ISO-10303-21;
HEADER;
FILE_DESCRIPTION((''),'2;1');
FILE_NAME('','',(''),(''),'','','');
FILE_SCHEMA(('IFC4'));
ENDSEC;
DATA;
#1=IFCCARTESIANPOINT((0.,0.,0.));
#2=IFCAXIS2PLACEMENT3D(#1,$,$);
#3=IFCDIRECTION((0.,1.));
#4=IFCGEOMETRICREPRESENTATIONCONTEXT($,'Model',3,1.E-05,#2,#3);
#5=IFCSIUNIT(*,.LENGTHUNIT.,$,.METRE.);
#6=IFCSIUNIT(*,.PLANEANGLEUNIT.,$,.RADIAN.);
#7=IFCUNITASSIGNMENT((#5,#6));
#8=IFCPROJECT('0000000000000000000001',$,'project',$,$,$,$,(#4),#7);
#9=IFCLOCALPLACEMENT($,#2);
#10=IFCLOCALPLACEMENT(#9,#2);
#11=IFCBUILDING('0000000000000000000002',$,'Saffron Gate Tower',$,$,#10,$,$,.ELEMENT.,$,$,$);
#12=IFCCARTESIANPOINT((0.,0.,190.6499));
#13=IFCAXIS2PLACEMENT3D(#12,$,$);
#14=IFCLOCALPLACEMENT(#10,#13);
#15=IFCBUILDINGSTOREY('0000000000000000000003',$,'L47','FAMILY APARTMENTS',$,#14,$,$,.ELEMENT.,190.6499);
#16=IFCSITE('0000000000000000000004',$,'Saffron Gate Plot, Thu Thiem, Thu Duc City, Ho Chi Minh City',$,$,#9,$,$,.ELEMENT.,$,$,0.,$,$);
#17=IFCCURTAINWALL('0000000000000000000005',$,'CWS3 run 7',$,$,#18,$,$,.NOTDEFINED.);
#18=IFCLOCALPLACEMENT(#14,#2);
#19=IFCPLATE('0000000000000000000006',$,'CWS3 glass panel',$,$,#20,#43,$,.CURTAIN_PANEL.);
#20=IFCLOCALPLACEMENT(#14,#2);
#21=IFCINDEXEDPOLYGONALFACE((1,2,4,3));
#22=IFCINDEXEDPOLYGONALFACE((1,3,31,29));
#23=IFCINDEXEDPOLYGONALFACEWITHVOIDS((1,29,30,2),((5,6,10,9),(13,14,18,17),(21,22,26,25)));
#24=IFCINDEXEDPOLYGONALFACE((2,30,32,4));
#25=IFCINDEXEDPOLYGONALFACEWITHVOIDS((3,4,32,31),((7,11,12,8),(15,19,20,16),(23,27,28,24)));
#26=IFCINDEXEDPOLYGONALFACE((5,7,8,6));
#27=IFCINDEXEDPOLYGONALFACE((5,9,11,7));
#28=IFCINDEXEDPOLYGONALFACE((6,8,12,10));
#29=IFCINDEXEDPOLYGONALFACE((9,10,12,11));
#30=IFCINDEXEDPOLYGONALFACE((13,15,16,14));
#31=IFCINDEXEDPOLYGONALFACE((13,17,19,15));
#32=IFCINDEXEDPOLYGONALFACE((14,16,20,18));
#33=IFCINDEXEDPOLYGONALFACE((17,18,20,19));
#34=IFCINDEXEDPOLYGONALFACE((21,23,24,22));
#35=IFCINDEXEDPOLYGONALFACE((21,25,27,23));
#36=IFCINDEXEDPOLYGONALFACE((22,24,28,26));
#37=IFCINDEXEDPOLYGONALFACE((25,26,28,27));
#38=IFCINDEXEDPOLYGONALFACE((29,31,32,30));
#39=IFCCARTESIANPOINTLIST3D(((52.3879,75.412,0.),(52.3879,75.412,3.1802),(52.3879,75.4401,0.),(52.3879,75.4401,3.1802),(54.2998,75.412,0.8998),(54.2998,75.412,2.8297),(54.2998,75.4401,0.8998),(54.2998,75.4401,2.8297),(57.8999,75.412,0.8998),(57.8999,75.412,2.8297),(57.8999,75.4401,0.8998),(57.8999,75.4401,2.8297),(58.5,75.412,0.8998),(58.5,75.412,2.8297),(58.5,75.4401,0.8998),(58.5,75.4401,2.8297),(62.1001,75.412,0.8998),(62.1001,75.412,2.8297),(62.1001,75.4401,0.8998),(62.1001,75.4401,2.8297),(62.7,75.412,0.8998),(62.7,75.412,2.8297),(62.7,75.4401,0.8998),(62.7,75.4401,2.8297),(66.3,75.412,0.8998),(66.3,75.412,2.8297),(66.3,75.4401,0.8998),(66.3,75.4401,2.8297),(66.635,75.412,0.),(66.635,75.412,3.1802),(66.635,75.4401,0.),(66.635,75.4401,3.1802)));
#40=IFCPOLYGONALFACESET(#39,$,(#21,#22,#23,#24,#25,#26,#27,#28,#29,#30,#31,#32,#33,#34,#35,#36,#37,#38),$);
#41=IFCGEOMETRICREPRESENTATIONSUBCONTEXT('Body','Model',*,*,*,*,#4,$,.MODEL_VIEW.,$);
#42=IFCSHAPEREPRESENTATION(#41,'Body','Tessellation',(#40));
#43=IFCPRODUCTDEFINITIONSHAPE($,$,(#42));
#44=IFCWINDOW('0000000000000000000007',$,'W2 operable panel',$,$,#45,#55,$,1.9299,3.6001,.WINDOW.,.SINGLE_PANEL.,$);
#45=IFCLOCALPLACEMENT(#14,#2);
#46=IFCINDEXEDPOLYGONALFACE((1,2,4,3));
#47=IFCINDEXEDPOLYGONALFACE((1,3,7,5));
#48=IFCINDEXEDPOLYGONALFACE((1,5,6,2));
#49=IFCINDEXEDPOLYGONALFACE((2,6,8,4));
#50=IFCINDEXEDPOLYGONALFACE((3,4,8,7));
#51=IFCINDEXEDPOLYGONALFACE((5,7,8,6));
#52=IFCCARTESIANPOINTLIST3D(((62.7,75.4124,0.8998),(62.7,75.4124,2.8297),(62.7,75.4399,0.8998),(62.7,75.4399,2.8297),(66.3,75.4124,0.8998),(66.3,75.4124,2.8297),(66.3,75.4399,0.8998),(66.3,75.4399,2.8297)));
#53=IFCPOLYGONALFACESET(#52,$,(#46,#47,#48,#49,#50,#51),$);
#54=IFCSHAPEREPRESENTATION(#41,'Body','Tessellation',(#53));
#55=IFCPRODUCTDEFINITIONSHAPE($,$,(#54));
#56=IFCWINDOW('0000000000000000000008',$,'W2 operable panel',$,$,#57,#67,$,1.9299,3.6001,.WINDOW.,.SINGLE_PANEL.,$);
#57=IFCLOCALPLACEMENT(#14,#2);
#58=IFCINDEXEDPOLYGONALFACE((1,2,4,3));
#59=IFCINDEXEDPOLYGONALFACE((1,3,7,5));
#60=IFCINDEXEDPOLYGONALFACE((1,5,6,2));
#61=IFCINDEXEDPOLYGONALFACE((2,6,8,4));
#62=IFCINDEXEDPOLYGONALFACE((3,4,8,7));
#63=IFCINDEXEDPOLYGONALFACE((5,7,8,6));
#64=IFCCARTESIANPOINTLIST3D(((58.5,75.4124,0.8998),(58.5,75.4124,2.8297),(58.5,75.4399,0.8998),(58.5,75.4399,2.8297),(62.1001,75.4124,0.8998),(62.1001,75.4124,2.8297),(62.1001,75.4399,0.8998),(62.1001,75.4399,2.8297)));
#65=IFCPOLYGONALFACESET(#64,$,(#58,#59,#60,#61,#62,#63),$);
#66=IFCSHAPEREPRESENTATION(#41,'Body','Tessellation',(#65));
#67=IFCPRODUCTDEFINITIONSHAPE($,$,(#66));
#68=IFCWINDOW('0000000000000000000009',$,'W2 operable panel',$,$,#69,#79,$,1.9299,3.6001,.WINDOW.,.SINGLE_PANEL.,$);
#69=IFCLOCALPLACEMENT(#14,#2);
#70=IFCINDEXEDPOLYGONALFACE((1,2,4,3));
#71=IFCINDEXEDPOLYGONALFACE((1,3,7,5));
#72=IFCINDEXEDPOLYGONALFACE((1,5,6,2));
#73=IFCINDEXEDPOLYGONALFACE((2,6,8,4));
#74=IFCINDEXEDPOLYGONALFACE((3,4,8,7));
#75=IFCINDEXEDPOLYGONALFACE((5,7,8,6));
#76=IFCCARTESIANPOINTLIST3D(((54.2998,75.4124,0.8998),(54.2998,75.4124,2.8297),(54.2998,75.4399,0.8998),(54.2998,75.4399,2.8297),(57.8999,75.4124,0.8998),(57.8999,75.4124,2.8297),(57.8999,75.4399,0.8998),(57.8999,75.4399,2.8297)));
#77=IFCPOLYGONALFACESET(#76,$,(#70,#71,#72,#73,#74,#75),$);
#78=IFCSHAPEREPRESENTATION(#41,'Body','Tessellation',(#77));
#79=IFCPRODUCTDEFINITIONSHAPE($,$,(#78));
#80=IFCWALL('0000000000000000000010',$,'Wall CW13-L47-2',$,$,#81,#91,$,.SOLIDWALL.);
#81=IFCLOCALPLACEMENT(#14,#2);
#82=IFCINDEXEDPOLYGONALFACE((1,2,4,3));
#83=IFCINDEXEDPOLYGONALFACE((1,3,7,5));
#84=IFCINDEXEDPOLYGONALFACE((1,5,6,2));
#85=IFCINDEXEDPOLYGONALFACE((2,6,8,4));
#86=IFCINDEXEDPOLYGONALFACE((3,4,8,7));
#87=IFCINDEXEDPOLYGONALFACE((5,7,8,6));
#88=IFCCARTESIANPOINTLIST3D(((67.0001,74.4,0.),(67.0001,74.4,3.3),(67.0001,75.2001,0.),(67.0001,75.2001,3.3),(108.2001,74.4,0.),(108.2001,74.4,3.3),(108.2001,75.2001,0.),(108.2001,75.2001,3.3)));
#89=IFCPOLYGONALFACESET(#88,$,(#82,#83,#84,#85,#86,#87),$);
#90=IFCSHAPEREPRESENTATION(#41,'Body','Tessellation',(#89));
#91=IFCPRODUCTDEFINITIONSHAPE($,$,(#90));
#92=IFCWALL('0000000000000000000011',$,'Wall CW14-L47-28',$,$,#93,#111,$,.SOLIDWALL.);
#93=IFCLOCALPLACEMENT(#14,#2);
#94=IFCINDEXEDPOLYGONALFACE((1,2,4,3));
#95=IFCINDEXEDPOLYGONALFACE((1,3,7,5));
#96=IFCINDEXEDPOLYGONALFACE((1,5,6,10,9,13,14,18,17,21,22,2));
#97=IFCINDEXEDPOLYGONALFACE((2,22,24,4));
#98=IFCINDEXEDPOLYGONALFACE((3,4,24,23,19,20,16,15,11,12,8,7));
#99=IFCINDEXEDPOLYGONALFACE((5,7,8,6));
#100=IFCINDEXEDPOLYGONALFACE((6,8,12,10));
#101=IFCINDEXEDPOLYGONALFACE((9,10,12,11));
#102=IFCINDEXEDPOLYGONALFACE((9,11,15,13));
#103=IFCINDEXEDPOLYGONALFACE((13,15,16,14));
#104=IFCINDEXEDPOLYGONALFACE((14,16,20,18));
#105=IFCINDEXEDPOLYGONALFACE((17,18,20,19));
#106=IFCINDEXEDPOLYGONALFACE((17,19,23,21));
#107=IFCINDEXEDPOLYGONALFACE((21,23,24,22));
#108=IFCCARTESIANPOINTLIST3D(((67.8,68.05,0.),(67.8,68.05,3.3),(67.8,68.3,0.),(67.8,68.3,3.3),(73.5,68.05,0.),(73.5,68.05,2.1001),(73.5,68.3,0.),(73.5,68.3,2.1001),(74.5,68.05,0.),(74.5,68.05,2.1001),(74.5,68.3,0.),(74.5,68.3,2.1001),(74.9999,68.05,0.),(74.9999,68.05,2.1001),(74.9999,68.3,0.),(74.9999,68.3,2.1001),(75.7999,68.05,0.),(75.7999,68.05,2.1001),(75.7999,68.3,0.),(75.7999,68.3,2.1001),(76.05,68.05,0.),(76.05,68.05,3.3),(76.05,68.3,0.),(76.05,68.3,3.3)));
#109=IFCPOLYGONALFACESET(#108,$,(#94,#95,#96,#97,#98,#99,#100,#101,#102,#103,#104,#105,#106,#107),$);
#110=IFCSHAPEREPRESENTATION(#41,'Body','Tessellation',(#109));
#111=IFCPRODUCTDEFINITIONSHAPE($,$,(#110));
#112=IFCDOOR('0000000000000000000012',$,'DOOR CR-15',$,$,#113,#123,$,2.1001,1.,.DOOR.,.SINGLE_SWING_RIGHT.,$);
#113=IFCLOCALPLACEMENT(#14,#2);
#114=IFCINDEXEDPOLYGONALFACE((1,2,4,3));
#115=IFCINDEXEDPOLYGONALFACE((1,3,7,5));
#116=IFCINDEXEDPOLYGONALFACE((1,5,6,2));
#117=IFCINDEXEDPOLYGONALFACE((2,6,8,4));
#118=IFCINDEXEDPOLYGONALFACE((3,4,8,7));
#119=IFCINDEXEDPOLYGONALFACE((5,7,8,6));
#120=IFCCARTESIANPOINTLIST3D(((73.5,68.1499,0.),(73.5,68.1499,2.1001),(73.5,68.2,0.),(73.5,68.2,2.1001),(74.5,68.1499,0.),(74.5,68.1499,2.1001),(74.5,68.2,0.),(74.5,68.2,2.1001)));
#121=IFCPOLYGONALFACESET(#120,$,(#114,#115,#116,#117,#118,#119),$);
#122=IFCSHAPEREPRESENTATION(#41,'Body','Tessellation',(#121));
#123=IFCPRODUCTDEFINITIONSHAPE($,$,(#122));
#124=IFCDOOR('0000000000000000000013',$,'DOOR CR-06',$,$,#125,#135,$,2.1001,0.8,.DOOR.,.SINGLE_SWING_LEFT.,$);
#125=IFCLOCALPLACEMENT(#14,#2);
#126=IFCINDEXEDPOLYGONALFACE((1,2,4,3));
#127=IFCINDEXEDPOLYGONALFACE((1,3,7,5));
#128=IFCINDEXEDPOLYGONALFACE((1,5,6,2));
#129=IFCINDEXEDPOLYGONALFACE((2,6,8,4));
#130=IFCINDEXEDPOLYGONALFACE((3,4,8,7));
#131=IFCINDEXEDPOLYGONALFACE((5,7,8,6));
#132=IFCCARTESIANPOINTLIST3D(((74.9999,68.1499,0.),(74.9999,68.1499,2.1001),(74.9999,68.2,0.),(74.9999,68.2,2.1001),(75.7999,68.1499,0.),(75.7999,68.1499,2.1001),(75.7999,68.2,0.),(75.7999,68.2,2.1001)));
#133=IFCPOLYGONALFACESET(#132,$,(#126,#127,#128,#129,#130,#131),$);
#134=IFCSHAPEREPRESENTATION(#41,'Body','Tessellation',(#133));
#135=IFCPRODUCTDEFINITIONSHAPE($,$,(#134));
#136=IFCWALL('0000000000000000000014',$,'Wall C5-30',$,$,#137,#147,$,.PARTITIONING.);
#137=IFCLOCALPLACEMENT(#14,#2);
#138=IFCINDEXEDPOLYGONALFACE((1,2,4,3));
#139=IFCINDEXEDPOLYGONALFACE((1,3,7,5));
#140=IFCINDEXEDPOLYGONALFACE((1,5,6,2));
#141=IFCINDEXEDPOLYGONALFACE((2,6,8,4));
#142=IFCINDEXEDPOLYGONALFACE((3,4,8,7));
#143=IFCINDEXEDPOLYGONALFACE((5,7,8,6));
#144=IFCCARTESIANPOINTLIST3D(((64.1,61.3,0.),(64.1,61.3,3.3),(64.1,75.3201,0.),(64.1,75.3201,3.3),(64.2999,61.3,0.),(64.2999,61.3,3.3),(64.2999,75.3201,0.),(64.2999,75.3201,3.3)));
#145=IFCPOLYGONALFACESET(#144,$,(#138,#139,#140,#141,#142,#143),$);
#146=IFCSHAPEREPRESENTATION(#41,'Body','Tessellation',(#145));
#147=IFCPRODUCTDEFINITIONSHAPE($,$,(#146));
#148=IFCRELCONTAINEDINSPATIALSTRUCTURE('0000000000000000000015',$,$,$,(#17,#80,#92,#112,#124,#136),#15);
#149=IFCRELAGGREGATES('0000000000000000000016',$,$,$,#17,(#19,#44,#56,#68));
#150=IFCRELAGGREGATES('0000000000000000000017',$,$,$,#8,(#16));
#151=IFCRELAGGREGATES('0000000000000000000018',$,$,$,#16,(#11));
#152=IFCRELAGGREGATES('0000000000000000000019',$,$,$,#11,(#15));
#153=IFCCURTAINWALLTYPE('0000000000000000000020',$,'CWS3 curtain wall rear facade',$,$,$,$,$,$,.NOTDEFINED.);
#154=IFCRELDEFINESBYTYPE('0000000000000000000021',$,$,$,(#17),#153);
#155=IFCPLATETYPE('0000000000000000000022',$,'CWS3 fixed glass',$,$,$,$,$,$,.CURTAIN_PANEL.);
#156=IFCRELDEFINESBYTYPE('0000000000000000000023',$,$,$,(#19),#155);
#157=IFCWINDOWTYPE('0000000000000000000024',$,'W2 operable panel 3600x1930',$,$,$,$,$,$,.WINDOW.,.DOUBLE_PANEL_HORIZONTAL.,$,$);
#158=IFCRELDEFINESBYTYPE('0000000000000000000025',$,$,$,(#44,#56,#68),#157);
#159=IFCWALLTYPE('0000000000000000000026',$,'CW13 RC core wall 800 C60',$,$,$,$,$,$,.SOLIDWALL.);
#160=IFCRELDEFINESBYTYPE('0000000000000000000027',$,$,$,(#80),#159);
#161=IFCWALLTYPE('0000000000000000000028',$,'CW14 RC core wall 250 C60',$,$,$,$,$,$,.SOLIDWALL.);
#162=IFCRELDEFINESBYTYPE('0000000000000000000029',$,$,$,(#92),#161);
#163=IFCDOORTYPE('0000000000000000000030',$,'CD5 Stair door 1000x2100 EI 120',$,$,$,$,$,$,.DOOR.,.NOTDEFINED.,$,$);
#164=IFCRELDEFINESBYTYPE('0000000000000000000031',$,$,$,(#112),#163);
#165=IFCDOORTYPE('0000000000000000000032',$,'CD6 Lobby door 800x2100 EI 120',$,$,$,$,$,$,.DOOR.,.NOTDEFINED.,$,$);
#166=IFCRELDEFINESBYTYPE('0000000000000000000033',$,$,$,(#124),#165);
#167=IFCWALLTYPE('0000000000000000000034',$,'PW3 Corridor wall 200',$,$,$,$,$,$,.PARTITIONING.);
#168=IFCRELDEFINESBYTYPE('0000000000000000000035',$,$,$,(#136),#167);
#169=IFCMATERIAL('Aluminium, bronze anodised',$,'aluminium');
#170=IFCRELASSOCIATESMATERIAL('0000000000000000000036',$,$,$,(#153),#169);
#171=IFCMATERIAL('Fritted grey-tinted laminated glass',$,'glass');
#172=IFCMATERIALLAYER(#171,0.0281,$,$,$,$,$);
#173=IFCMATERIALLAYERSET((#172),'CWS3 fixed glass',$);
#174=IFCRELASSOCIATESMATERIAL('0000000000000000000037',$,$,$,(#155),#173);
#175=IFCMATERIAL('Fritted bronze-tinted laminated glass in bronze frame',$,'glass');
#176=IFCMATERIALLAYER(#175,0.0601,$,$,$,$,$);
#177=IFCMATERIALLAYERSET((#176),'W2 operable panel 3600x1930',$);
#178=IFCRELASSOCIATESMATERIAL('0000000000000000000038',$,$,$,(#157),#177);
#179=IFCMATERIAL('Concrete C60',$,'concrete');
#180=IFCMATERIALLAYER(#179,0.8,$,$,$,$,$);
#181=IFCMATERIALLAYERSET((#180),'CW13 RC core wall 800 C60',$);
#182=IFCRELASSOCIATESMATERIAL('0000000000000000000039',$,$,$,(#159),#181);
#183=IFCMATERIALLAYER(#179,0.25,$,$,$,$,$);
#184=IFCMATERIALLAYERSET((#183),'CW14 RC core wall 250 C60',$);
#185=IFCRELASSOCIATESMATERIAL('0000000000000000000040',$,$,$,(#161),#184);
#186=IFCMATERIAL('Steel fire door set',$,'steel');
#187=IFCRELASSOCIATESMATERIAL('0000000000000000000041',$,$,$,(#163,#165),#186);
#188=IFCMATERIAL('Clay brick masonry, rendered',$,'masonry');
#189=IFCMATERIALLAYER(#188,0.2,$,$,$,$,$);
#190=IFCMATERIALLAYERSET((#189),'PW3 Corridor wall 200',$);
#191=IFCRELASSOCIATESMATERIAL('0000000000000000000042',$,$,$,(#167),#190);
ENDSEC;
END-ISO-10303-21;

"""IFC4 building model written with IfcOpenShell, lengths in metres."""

from ifc_helpers import new_model, si_unit, direction, frame, frame_2d, origin, place, context, subcontext, project, spatial, rectangle, extrude, material, layer, layer_set, type_object, element, fill, aggregate, save


model = new_model("IFC4")

# Units and contexts
model_context = context("Model", 3, precision=1e-05, world=origin(), true_north=direction((0.0, 1.0)))
body_context = subcontext(model_context, "Body", "Model", "MODEL_VIEW")
ifc_project = project(units=[si_unit("LENGTHUNIT", "METRE"), si_unit("PLANEANGLEUNIT", "RADIAN")], contexts=[model_context])

# Site, building, storey
site_placement = place(None, origin())
site = spatial("IfcSite", under=ifc_project, at=site_placement, Name="Saffron Gate Plot, Thu Thiem, Thu Duc City, Ho Chi Minh City", CompositionType="ELEMENT", RefElevation=0.0)
building_placement = place(site_placement, origin())
building = spatial("IfcBuilding", under=site, at=building_placement, Name="Saffron Gate Tower", CompositionType="ELEMENT")
storey_placement = place(building_placement, frame((0.0, 0.0, 190.6499)))
storey = spatial("IfcBuildingStorey", under=building, at=storey_placement, Name="L47", Description="FAMILY APARTMENTS", CompositionType="ELEMENT", Elevation=190.6499)

# Curtain wall, plate, openings, windows
ifc_material_1 = material(Name="Aluminium, bronze anodised", Category="aluminium")
curtain_wall_type = type_object("IfcCurtainWallType", Name="CWS3 curtain wall rear facade", PredefinedType="NOTDEFINED", material=ifc_material_1)
curtain_wall_placement = place(storey_placement, origin())
curtain_wall = element("IfcCurtainWall", 1, at=curtain_wall_placement, inside=storey, type_object=curtain_wall_type, Name="CWS3 run 7", PredefinedType="NOTDEFINED")
ifc_material_2 = material(Name="Fritted grey-tinted laminated glass", Category="glass")
ifc_layer_1 = layer(ifc_material_2, 0.0281)
ifc_layer_set_1 = layer_set([ifc_layer_1], Name="CWS3 fixed glass")
plate_type = type_object("IfcPlateType", Name="CWS3 fixed glass", PredefinedType="CURTAIN_PANEL", material=ifc_layer_set_1)
plate_placement = place(storey_placement, frame((66.635, 75.426, 0.0), z_axis=(0.0, 0.0, 1.0), x_axis=(-1.0, 0.0, 0.0)))
plate = element("IfcPlate", 2, at=plate_placement, type_object=plate_type, Name="CWS3 glass panel", PredefinedType="CURTAIN_PANEL", context=body_context, shape_type="SweptSolid", body=[
    extrude(rectangle(XDim=14.2471, YDim=0.0281, at=frame_2d((7.1235, 0.0))), origin(), (0.0, 0.0, 1.0), 3.1802),
])
opening_1_placement = place(plate_placement, frame((0.335, 0.0, 0.8999)))
opening_1 = element("IfcOpeningElement", 3, at=opening_1_placement, cuts=plate, PredefinedType="OPENING", context=body_context, shape_type="SweptSolid", body=[
    extrude(rectangle(XDim=3.6001, YDim=1.9299, at=frame_2d((1.8, 0.9648))), frame((0.0, 0.0239, 0.0), z_axis=(0.0, -1.0, 0.0), x_axis=(1.0, 0.0, 0.0)), (0.0, 0.0, 1.0), 0.0481),
])
opening_2_placement = place(plate_placement, frame((4.5349, 0.0, 0.8999)))
opening_2 = element("IfcOpeningElement", 4, at=opening_2_placement, cuts=plate, PredefinedType="OPENING", context=body_context, shape_type="SweptSolid", body=[
    extrude(rectangle(XDim=3.6001, YDim=1.9299, at=frame_2d((1.8, 0.9648))), frame((0.0, 0.0239, 0.0), z_axis=(0.0, -1.0, 0.0), x_axis=(1.0, 0.0, 0.0)), (0.0, 0.0, 1.0), 0.0481),
])
opening_3_placement = place(plate_placement, frame((8.7351, 0.0, 0.8999)))
opening_3 = element("IfcOpeningElement", 5, at=opening_3_placement, cuts=plate, PredefinedType="OPENING", context=body_context, shape_type="SweptSolid", body=[
    extrude(rectangle(XDim=3.6001, YDim=1.9299, at=frame_2d((1.8, 0.9648))), frame((0.0, 0.0239, 0.0), z_axis=(0.0, -1.0, 0.0), x_axis=(1.0, 0.0, 0.0)), (0.0, 0.0, 1.0), 0.0481),
])
ifc_material_3 = material(Name="Fritted bronze-tinted laminated glass in bronze frame", Category="glass")
ifc_layer_2 = layer(ifc_material_3, 0.0601)
ifc_layer_set_2 = layer_set([ifc_layer_2], Name="W2 operable panel 3600x1930")
window_type = type_object("IfcWindowType", Name="W2 operable panel 3600x1930", PartitioningType="DOUBLE_PANEL_HORIZONTAL", PredefinedType="WINDOW", material=ifc_layer_set_2)
window_1_placement = place(opening_1_placement, origin())
window_1 = element("IfcWindow", 6, at=window_1_placement, type_object=window_type, Name="W2 operable panel", OverallHeight=1.9299, OverallWidth=3.6001, PartitioningType="SINGLE_PANEL", PredefinedType="WINDOW", context=body_context, shape_type="SweptSolid", body=[
    extrude(rectangle(XDim=3.6001, YDim=1.9299, at=frame_2d((1.8, 0.9648))), frame((0.0, 0.0137, 0.0), z_axis=(0.0, -1.0, 0.0), x_axis=(1.0, 0.0, 0.0)), (0.0, 0.0, 1.0), 0.0276),
])
fill(opening_1, window_1)
window_2_placement = place(opening_2_placement, origin())
window_2 = element("IfcWindow", 7, at=window_2_placement, type_object=window_type, Name="W2 operable panel", OverallHeight=1.9299, OverallWidth=3.6001, PartitioningType="SINGLE_PANEL", PredefinedType="WINDOW", context=body_context, shape_type="SweptSolid", body=[
    extrude(rectangle(XDim=3.6001, YDim=1.9299, at=frame_2d((1.8, 0.9648))), frame((0.0, 0.0137, 0.0), z_axis=(0.0, -1.0, 0.0), x_axis=(1.0, 0.0, 0.0)), (0.0, 0.0, 1.0), 0.0276),
])
fill(opening_2, window_2)
window_3_placement = place(opening_3_placement, origin())
window_3 = element("IfcWindow", 8, at=window_3_placement, type_object=window_type, Name="W2 operable panel", OverallHeight=1.9299, OverallWidth=3.6001, PartitioningType="SINGLE_PANEL", PredefinedType="WINDOW", context=body_context, shape_type="SweptSolid", body=[
    extrude(rectangle(XDim=3.6001, YDim=1.9299, at=frame_2d((1.8, 0.9648))), frame((0.0, 0.0137, 0.0), z_axis=(0.0, -1.0, 0.0), x_axis=(1.0, 0.0, 0.0)), (0.0, 0.0, 1.0), 0.0276),
])
fill(opening_3, window_3)
aggregate(curtain_wall, [plate, window_1, window_2, window_3])

# Wall
ifc_material_4 = material(Name="Concrete C60", Category="concrete")
ifc_layer_3 = layer(ifc_material_4, 0.8)
ifc_layer_set_3 = layer_set([ifc_layer_3], Name="CW13 RC core wall 800 C60")
wall_type_1 = type_object("IfcWallType", Name="CW13 RC core wall 800 C60", PredefinedType="SOLIDWALL", material=ifc_layer_set_3)
wall_1_placement = place(storey_placement, frame((67.0, 74.8, 0.0), z_axis=(0.0, 0.0, 1.0), x_axis=(1.0, 0.0, 0.0)))
element("IfcWall", 9, at=wall_1_placement, inside=storey, type_object=wall_type_1, Name="Wall CW13-L47-2", PredefinedType="SOLIDWALL", context=body_context, shape_type="SweptSolid", body=[
    extrude(rectangle(XDim=41.2, YDim=0.8, at=frame_2d((20.6001, 0.0))), origin(), (0.0, 0.0, 1.0), 3.3),
])

# Wall, openings, doors
ifc_layer_4 = layer(ifc_material_4, 0.25)
ifc_layer_set_4 = layer_set([ifc_layer_4], Name="CW14 RC core wall 250 C60")
wall_type_2 = type_object("IfcWallType", Name="CW14 RC core wall 250 C60", PredefinedType="SOLIDWALL", material=ifc_layer_set_4)
wall_2_placement = place(storey_placement, frame((67.8, 68.175, 0.0), z_axis=(0.0, 0.0, 1.0), x_axis=(1.0, 0.0, 0.0)))
wall_2 = element("IfcWall", 10, at=wall_2_placement, inside=storey, type_object=wall_type_2, Name="Wall CW14-L47-28", PredefinedType="SOLIDWALL", context=body_context, shape_type="SweptSolid", body=[
    extrude(rectangle(XDim=8.25, YDim=0.25, at=frame_2d((4.125, 0.0))), origin(), (0.0, 0.0, 1.0), 3.3),
])
opening_4_placement = place(wall_2_placement, frame((5.7, 0.0, 0.0)))
opening_4 = element("IfcOpeningElement", 11, at=opening_4_placement, cuts=wall_2, PredefinedType="OPENING", context=body_context, shape_type="SweptSolid", body=[
    extrude(rectangle(XDim=1.0, YDim=2.1001, at=frame_2d((0.5, 1.05))), frame((0.0, 0.135, 0.0), z_axis=(0.0, -1.0, 0.0), x_axis=(1.0, 0.0, 0.0)), (0.0, 0.0, 1.0), 0.27),
])
opening_5_placement = place(wall_2_placement, frame((7.2, 0.0, 0.0)))
opening_5 = element("IfcOpeningElement", 12, at=opening_5_placement, cuts=wall_2, PredefinedType="OPENING", context=body_context, shape_type="SweptSolid", body=[
    extrude(rectangle(XDim=0.8, YDim=2.1001, at=frame_2d((0.3999, 1.05))), frame((0.0, 0.135, 0.0), z_axis=(0.0, -1.0, 0.0), x_axis=(1.0, 0.0, 0.0)), (0.0, 0.0, 1.0), 0.27),
])
ifc_material_5 = material(Name="Steel fire door set", Category="steel")
door_type_1 = type_object("IfcDoorType", Name="CD5 Stair door 1000x2100 EI 120", OperationType="NOTDEFINED", PredefinedType="DOOR", material=ifc_material_5)
door_1_placement = place(opening_4_placement, origin())
door_1 = element("IfcDoor", 13, at=door_1_placement, inside=storey, type_object=door_type_1, Name="DOOR CR-15", OperationType="SINGLE_SWING_RIGHT", OverallHeight=2.1001, OverallWidth=1.0, PredefinedType="DOOR", context=body_context, shape_type="SweptSolid", body=[
    extrude(rectangle(XDim=1.0, YDim=2.1001, at=frame_2d((0.5, 1.05))), frame((0.0, 0.0249, 0.0), z_axis=(0.0, -1.0, 0.0), x_axis=(1.0, 0.0, 0.0)), (0.0, 0.0, 1.0), 0.05),
])
fill(opening_4, door_1)
door_type_2 = type_object("IfcDoorType", Name="CD6 Lobby door 800x2100 EI 120", OperationType="NOTDEFINED", PredefinedType="DOOR", material=ifc_material_5)
door_2_placement = place(opening_5_placement, origin())
door_2 = element("IfcDoor", 14, at=door_2_placement, inside=storey, type_object=door_type_2, Name="DOOR CR-06", OperationType="SINGLE_SWING_LEFT", OverallHeight=2.1001, OverallWidth=0.8, PredefinedType="DOOR", context=body_context, shape_type="SweptSolid", body=[
    extrude(rectangle(XDim=0.8, YDim=2.1001, at=frame_2d((0.3999, 1.05))), frame((0.0, 0.0249, 0.0), z_axis=(0.0, -1.0, 0.0), x_axis=(1.0, 0.0, 0.0)), (0.0, 0.0, 1.0), 0.05),
])
fill(opening_5, door_2)

# Wall
ifc_material_6 = material(Name="Clay brick masonry, rendered", Category="masonry")
ifc_layer_5 = layer(ifc_material_6, 0.2)
ifc_layer_set_5 = layer_set([ifc_layer_5], Name="PW3 Corridor wall 200")
wall_type_3 = type_object("IfcWallType", Name="PW3 Corridor wall 200", PredefinedType="PARTITIONING", material=ifc_layer_set_5)
wall_3_placement = place(storey_placement, frame((64.2, 75.3201, 0.0), z_axis=(0.0, 0.0, 1.0), x_axis=(0.0, -1.0, 0.0)))
element("IfcWall", 15, at=wall_3_placement, inside=storey, type_object=wall_type_3, Name="Wall C5-30", PredefinedType="PARTITIONING", context=body_context, shape_type="SweptSolid", body=[
    extrude(rectangle(XDim=14.02, YDim=0.2, at=frame_2d((7.01, 0.0))), origin(), (0.0, 0.0, 1.0), 3.3),
])

save(model, "model.ifc")
